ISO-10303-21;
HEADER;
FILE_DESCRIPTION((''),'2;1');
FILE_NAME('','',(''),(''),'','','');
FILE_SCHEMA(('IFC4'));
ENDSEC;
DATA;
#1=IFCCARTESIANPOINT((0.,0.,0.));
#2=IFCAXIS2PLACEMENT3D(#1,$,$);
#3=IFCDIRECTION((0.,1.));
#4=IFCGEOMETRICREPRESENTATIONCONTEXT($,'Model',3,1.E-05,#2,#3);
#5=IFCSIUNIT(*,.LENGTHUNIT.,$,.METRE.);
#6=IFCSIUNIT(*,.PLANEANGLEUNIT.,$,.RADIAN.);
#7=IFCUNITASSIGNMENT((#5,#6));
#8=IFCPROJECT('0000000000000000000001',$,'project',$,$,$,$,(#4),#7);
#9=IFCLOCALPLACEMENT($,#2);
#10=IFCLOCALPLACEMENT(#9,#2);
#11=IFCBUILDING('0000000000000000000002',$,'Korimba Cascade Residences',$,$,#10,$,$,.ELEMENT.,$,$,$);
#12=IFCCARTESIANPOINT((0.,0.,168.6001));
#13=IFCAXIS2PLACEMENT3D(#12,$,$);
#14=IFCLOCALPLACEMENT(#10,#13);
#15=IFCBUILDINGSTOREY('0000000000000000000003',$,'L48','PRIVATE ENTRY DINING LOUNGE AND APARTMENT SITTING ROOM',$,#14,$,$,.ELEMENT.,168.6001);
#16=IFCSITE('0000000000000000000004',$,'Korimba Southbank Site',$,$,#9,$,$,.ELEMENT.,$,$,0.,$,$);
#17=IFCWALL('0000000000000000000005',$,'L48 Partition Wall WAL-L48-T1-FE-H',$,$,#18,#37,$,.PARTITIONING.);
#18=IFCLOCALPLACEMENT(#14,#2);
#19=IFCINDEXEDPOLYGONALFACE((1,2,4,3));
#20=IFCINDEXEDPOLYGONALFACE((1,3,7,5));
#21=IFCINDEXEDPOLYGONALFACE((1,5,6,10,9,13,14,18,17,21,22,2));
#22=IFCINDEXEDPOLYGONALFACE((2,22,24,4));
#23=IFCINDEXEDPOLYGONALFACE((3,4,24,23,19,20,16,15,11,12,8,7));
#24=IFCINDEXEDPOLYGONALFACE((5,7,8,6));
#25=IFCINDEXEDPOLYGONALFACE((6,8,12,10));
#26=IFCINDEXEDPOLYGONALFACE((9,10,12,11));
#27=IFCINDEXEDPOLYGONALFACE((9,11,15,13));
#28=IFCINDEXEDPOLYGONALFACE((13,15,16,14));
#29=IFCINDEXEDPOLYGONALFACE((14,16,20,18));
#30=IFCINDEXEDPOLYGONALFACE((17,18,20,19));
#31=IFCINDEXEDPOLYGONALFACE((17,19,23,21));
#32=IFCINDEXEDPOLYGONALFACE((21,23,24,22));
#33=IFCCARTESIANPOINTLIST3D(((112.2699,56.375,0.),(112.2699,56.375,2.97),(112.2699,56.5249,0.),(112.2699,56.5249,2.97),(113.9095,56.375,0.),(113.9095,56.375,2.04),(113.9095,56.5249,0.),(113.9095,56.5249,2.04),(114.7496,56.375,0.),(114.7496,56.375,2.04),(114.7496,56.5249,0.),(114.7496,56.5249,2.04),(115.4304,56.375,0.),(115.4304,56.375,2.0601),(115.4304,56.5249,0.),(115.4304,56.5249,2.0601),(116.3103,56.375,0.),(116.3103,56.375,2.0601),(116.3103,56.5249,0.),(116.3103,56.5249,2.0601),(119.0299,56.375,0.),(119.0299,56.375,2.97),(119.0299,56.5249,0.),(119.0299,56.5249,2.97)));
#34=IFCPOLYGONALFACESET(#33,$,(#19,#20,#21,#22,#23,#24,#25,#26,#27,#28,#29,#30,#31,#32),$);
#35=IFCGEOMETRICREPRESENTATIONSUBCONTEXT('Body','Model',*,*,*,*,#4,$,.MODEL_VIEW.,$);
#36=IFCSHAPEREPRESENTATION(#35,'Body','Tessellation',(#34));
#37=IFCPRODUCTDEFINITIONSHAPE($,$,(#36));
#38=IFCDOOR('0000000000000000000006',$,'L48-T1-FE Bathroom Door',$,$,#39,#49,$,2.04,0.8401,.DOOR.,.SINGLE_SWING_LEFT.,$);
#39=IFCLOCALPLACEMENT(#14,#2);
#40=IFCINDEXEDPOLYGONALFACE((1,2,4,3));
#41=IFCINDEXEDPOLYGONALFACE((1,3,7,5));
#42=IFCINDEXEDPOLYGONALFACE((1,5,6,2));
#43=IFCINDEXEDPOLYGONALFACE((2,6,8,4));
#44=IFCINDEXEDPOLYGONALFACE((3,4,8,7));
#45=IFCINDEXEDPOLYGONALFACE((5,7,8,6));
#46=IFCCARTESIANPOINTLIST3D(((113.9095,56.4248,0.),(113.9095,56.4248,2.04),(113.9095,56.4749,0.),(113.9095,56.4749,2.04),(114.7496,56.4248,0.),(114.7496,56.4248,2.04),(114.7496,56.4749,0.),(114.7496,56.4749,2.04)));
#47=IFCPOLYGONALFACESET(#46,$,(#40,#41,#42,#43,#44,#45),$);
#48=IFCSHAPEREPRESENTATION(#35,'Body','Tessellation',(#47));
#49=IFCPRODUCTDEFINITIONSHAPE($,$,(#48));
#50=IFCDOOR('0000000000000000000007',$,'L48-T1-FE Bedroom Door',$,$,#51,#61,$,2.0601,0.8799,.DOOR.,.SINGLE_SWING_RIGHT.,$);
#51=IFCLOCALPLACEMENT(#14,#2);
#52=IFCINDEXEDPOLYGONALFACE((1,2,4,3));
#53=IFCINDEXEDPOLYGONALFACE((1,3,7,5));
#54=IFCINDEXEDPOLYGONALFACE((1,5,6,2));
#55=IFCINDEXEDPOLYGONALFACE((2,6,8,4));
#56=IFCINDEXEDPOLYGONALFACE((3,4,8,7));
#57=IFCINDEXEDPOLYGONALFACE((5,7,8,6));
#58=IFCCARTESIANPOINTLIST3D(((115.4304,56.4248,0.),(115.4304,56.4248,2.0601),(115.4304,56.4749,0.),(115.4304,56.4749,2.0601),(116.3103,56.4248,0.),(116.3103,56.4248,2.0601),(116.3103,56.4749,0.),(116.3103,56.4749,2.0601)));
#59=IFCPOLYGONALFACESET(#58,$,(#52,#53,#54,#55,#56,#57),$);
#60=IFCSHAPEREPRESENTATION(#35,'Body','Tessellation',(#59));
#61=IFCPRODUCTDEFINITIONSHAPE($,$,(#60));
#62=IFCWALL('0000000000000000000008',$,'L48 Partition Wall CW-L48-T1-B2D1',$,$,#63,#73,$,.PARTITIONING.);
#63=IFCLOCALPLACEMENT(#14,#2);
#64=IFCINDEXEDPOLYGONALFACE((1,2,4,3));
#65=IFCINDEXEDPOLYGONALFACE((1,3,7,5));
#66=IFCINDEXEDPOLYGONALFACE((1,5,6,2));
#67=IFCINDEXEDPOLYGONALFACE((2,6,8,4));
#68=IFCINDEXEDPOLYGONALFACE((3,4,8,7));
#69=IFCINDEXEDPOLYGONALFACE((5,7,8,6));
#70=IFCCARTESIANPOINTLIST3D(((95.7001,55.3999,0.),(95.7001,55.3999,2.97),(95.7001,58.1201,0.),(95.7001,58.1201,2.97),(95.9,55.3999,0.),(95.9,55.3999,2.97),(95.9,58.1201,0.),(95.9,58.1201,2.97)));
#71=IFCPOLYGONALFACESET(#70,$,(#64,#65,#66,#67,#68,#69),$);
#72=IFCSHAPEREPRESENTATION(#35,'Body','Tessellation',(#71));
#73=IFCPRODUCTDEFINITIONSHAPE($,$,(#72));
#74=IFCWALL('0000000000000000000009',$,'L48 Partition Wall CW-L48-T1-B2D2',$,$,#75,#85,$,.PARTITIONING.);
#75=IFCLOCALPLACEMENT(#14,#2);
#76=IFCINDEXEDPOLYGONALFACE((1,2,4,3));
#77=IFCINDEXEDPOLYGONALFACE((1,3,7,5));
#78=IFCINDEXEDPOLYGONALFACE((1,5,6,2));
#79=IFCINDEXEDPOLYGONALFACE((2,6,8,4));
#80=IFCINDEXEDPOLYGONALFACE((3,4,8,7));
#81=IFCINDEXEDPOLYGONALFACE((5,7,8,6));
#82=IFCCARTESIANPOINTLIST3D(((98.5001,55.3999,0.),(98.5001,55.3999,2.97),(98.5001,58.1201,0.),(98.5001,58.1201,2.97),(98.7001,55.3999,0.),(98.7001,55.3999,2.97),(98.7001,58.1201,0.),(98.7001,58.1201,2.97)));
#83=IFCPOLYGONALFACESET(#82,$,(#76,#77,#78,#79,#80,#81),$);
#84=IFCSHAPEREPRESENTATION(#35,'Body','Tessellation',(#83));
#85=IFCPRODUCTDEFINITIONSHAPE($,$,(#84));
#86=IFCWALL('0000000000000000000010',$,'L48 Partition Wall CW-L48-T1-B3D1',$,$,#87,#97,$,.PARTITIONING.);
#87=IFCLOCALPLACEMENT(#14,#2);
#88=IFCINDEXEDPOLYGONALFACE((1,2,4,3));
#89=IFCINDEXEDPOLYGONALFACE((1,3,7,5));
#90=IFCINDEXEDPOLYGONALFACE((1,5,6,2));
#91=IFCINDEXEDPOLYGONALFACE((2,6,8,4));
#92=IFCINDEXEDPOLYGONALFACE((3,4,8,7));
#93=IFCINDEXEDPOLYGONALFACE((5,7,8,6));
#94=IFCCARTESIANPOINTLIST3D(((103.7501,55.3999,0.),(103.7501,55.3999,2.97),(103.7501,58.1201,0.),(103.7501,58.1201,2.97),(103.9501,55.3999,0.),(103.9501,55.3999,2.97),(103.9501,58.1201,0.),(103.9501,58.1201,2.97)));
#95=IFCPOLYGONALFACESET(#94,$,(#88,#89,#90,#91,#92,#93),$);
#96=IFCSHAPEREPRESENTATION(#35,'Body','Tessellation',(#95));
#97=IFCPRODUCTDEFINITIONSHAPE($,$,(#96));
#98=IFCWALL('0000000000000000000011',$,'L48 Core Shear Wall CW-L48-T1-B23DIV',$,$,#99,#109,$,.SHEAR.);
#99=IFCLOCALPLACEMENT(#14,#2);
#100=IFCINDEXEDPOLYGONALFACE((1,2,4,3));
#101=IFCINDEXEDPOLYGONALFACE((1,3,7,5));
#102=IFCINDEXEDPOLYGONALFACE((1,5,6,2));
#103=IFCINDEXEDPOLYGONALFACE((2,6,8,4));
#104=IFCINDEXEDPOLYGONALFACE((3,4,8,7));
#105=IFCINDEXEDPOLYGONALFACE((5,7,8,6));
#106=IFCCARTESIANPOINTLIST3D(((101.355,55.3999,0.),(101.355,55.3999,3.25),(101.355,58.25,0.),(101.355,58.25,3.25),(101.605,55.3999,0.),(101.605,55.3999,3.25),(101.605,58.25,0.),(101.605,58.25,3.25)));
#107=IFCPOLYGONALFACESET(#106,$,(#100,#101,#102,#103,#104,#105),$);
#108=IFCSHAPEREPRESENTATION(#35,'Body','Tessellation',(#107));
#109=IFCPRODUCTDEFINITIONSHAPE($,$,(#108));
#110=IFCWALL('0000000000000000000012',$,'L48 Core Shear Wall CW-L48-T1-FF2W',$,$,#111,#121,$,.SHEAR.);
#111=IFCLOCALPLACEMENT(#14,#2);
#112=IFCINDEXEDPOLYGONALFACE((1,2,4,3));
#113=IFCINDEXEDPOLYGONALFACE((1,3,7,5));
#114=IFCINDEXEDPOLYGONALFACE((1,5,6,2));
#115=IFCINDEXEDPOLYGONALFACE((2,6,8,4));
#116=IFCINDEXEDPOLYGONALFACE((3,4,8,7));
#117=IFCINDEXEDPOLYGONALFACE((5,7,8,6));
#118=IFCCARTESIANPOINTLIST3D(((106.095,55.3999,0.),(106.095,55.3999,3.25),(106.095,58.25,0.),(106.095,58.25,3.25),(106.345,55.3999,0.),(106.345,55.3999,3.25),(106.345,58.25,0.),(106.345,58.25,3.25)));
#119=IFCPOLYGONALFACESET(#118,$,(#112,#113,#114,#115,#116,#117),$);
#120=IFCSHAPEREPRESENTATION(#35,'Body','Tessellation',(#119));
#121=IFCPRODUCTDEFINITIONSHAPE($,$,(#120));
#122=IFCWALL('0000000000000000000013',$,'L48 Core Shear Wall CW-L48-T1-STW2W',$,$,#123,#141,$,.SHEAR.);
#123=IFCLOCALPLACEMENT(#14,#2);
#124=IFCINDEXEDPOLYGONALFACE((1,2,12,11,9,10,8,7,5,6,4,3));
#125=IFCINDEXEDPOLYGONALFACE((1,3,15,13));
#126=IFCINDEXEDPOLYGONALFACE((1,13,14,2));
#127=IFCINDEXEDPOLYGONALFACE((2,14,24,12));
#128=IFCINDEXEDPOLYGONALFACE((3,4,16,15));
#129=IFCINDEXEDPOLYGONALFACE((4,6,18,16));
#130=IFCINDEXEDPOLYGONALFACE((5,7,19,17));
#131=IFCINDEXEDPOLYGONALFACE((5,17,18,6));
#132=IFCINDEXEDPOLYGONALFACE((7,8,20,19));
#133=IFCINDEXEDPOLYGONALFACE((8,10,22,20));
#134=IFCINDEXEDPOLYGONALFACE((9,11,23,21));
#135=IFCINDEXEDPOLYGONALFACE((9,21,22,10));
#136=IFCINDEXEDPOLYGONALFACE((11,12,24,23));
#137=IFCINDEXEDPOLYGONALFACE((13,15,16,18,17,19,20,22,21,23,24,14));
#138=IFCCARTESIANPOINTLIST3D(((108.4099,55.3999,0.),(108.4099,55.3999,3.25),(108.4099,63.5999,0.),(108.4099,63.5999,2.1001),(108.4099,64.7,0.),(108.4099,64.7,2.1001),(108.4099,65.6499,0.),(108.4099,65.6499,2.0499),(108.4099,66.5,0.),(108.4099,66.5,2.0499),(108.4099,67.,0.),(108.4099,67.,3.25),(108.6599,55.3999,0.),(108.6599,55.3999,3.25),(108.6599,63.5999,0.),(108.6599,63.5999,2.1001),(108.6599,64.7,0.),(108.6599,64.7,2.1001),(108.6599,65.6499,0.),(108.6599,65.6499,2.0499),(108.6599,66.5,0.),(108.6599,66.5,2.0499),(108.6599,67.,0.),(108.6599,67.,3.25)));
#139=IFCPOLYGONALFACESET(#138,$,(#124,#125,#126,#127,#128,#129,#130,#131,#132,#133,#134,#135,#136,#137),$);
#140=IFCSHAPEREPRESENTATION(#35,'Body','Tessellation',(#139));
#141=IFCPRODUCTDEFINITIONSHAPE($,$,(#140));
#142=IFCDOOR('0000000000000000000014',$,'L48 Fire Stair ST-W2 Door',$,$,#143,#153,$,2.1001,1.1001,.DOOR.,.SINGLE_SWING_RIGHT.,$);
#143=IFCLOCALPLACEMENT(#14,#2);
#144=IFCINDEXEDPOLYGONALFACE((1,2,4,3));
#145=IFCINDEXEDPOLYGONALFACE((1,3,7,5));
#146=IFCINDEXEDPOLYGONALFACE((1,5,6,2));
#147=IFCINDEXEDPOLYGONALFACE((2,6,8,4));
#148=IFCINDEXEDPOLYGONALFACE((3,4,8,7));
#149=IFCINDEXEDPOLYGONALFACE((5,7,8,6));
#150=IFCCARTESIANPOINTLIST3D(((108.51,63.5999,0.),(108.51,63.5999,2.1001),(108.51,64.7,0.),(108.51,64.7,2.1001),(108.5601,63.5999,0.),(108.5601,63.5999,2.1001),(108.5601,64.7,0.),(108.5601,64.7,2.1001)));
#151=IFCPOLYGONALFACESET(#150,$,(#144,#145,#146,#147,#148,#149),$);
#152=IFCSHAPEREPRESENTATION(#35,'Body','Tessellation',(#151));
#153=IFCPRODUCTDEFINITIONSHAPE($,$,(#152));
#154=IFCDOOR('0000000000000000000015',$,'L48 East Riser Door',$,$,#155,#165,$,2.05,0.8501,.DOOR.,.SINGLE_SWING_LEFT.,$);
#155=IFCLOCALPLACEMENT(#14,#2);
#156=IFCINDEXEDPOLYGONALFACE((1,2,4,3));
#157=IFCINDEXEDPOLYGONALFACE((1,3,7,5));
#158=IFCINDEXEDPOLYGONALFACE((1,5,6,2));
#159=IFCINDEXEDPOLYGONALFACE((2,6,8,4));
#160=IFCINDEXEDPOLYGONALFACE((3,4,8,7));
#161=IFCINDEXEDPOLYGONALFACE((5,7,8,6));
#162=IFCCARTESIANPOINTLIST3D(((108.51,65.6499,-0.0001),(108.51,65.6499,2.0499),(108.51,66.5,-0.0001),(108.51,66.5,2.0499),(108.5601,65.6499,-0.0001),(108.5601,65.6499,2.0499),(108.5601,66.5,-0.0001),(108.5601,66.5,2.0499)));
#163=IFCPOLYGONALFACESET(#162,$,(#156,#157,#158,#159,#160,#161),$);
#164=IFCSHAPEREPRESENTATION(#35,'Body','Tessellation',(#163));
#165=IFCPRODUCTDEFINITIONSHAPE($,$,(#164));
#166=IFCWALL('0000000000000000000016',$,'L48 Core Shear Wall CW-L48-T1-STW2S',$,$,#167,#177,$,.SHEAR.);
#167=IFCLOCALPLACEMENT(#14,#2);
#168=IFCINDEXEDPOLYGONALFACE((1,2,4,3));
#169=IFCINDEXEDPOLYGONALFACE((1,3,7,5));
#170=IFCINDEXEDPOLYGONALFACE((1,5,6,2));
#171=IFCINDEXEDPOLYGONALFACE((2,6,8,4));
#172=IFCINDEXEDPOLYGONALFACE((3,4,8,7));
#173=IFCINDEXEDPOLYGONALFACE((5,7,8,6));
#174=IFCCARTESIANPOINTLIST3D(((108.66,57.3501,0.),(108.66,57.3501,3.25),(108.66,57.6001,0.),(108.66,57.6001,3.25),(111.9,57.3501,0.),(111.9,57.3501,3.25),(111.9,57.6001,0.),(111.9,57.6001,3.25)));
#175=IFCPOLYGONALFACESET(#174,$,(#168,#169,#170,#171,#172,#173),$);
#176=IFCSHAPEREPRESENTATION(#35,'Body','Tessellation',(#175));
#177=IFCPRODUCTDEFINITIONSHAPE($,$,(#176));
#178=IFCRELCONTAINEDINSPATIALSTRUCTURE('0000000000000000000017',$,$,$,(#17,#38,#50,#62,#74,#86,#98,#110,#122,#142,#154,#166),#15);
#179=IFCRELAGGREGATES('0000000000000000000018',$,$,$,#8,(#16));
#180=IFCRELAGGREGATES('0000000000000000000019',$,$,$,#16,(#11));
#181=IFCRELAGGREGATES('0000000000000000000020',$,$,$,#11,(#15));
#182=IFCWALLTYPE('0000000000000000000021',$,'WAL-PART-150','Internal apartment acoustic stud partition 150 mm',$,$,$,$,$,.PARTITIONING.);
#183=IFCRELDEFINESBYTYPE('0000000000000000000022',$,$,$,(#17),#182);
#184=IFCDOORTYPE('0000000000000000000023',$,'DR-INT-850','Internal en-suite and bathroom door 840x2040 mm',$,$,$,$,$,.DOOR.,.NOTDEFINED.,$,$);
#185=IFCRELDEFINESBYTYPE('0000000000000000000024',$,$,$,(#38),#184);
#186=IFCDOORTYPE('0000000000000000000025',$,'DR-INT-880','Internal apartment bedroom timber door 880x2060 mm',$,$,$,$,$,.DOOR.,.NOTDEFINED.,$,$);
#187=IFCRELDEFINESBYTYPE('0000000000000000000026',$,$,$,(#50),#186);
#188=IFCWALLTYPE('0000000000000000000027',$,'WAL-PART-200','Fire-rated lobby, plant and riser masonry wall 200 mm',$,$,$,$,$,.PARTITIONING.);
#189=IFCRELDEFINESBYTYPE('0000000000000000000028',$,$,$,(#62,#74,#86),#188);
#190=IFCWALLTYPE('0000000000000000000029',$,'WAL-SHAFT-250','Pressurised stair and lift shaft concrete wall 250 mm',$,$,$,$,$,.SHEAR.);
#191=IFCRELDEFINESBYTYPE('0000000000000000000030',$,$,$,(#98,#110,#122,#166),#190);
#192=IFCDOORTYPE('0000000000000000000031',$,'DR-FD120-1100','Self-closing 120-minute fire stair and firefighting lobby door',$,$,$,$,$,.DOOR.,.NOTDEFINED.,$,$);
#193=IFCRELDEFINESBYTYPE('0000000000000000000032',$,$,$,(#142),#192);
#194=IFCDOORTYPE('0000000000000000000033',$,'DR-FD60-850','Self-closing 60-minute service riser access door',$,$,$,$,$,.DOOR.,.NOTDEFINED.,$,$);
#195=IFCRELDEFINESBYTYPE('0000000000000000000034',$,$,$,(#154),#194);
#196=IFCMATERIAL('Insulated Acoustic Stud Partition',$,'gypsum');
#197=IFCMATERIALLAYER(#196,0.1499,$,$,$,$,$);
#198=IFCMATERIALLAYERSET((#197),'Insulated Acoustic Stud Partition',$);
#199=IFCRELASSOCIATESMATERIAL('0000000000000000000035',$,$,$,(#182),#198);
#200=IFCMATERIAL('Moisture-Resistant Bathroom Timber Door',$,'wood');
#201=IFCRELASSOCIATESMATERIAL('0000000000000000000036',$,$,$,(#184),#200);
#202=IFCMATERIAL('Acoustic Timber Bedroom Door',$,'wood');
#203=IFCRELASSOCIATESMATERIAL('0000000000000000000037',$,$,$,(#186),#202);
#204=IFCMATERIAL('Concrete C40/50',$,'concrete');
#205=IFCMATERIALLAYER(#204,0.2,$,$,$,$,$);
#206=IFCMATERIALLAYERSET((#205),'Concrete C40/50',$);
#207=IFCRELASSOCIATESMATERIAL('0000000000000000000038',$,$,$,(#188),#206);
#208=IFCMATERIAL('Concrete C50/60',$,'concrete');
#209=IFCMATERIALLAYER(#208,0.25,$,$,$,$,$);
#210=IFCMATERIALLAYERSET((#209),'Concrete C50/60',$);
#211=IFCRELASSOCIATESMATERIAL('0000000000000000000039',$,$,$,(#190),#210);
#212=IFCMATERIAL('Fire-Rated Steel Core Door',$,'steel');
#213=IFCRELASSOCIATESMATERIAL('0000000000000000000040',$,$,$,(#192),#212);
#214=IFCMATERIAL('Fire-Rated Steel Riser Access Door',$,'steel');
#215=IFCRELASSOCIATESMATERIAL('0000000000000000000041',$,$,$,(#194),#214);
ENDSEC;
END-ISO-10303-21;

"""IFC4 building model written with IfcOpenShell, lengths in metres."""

from ifc_helpers import new_model, si_unit, direction, frame, frame_2d, origin, place, context, subcontext, project, spatial, rectangle, extrude, material, layer, layer_set, type_object, element, fill, save


model = new_model("IFC4")

# Units and contexts
model_context = context("Model", 3, precision=1e-05, world=origin(), true_north=direction((0.0, 1.0)))
body_context = subcontext(model_context, "Body", "Model", "MODEL_VIEW")
ifc_project = project(units=[si_unit("LENGTHUNIT", "METRE"), si_unit("PLANEANGLEUNIT", "RADIAN")], contexts=[model_context])

# Site, building, storey
site_placement = place(None, origin())
site = spatial("IfcSite", under=ifc_project, at=site_placement, Name="Korimba Southbank Site", CompositionType="ELEMENT", RefElevation=0.0)
building_placement = place(site_placement, origin())
building = spatial("IfcBuilding", under=site, at=building_placement, Name="Korimba Cascade Residences", CompositionType="ELEMENT")
storey_placement = place(building_placement, frame((0.0, 0.0, 168.6001)))
storey = spatial("IfcBuildingStorey", under=building, at=storey_placement, Name="L48", Description="PRIVATE ENTRY DINING LOUNGE AND APARTMENT SITTING ROOM", CompositionType="ELEMENT", Elevation=168.6001)

# Wall, openings, doors
ifc_material_1 = material(Name="Insulated Acoustic Stud Partition", Category="gypsum")
ifc_layer_1 = layer(ifc_material_1, 0.1499)
ifc_layer_set_1 = layer_set([ifc_layer_1], Name="Insulated Acoustic Stud Partition")
wall_type_1 = type_object("IfcWallType", Name="WAL-PART-150", Description="Internal apartment acoustic stud partition 150 mm", PredefinedType="PARTITIONING", material=ifc_layer_set_1)
wall_1_placement = place(storey_placement, frame((112.27, 56.45, 0.0), z_axis=(0.0, 0.0, 1.0), x_axis=(1.0, 0.0, 0.0)))
wall_1 = element("IfcWall", 1, at=wall_1_placement, inside=storey, type_object=wall_type_1, Name="L48 Partition Wall WAL-L48-T1-FE-H", PredefinedType="PARTITIONING", context=body_context, shape_type="SweptSolid", body=[
    extrude(rectangle(XDim=6.76, YDim=0.1499, at=frame_2d((3.3799, 0.0))), origin(), (0.0, 0.0, 1.0), 2.97),
])
opening_1_placement = place(wall_1_placement, frame((1.6396, 0.0, 0.0)))
opening_1 = element("IfcOpeningElement", 2, at=opening_1_placement, cuts=wall_1, PredefinedType="OPENING", context=body_context, shape_type="SweptSolid", body=[
    extrude(rectangle(XDim=0.8401, YDim=2.04, at=frame_2d((0.4199, 1.02))), frame((0.0, 0.085, 0.0), z_axis=(0.0, -1.0, 0.0), x_axis=(1.0, 0.0, 0.0)), (0.0, 0.0, 1.0), 0.1699),
])
opening_2_placement = place(wall_1_placement, frame((3.1604, 0.0, 0.0)))
opening_2 = element("IfcOpeningElement", 3, at=opening_2_placement, cuts=wall_1, PredefinedType="OPENING", context=body_context, shape_type="SweptSolid", body=[
    extrude(rectangle(XDim=0.8799, YDim=2.0601, at=frame_2d((0.4399, 1.03))), frame((0.0, 0.085, 0.0), z_axis=(0.0, -1.0, 0.0), x_axis=(1.0, 0.0, 0.0)), (0.0, 0.0, 1.0), 0.1699),
])
ifc_material_2 = material(Name="Moisture-Resistant Bathroom Timber Door", Category="wood")
door_type_1 = type_object("IfcDoorType", Name="DR-INT-850", Description="Internal en-suite and bathroom door 840x2040 mm", OperationType="NOTDEFINED", PredefinedType="DOOR", material=ifc_material_2)
door_1_placement = place(opening_1_placement, origin())
door_1 = element("IfcDoor", 4, at=door_1_placement, inside=storey, type_object=door_type_1, Name="L48-T1-FE Bathroom Door", OperationType="SINGLE_SWING_LEFT", OverallHeight=2.04, OverallWidth=0.8401, PredefinedType="DOOR", context=body_context, shape_type="SweptSolid", body=[
    extrude(rectangle(XDim=0.8401, YDim=2.04, at=frame_2d((0.4199, 1.02))), frame((0.0, 0.0249, 0.0), z_axis=(0.0, -1.0, 0.0), x_axis=(1.0, 0.0, 0.0)), (0.0, 0.0, 1.0), 0.05),
])
fill(opening_1, door_1)
ifc_material_3 = material(Name="Acoustic Timber Bedroom Door", Category="wood")
door_type_2 = type_object("IfcDoorType", Name="DR-INT-880", Description="Internal apartment bedroom timber door 880x2060 mm", OperationType="NOTDEFINED", PredefinedType="DOOR", material=ifc_material_3)
door_2_placement = place(opening_2_placement, origin())
door_2 = element("IfcDoor", 5, at=door_2_placement, inside=storey, type_object=door_type_2, Name="L48-T1-FE Bedroom Door", OperationType="SINGLE_SWING_RIGHT", OverallHeight=2.0601, OverallWidth=0.8799, PredefinedType="DOOR", context=body_context, shape_type="SweptSolid", body=[
    extrude(rectangle(XDim=0.8799, YDim=2.0601, at=frame_2d((0.4399, 1.03))), frame((0.0, 0.0249, 0.0), z_axis=(0.0, -1.0, 0.0), x_axis=(1.0, 0.0, 0.0)), (0.0, 0.0, 1.0), 0.05),
])
fill(opening_2, door_2)

# Walls
ifc_material_4 = material(Name="Concrete C40/50", Category="concrete")
ifc_layer_2 = layer(ifc_material_4, 0.2)
ifc_layer_set_2 = layer_set([ifc_layer_2], Name="Concrete C40/50")
wall_type_2 = type_object("IfcWallType", Name="WAL-PART-200", Description="Fire-rated lobby, plant and riser masonry wall 200 mm", PredefinedType="PARTITIONING", material=ifc_layer_set_2)
for number, where, z_axis, x_axis, name in (
    (6, (95.8, 55.3999, 0.0), (0.0, 0.0, 1.0), (0.0, 1.0, 0.0), "L48 Partition Wall CW-L48-T1-B2D1"),
    (7, (98.6001, 55.3999, 0.0), (0.0, 0.0, 1.0), (0.0, 1.0, 0.0), "L48 Partition Wall CW-L48-T1-B2D2"),
    (8, (103.8501, 55.3999, 0.0), (0.0, 0.0, 1.0), (0.0, 1.0, 0.0), "L48 Partition Wall CW-L48-T1-B3D1"),
):
    element("IfcWall", number, at=place(storey_placement, frame(where, z_axis=z_axis, x_axis=x_axis)), inside=storey, type_object=wall_type_2, Name=name, PredefinedType="PARTITIONING", context=body_context, shape_type="SweptSolid", body=[
        extrude(rectangle(XDim=2.7202, YDim=0.2, at=frame_2d((1.3601, 0.0))), origin(), (0.0, 0.0, 1.0), 2.97),
    ])
ifc_material_5 = material(Name="Concrete C50/60", Category="concrete")
ifc_layer_3 = layer(ifc_material_5, 0.25)
ifc_layer_set_3 = layer_set([ifc_layer_3], Name="Concrete C50/60")
wall_type_3 = type_object("IfcWallType", Name="WAL-SHAFT-250", Description="Pressurised stair and lift shaft concrete wall 250 mm", PredefinedType="SHEAR", material=ifc_layer_set_3)
for number, where, z_axis, x_axis, name in (
    (9, (101.48, 55.3999, 0.0), (0.0, 0.0, 1.0), (0.0, 1.0, 0.0), "L48 Core Shear Wall CW-L48-T1-B23DIV"),
    (10, (106.22, 55.3999, 0.0), (0.0, 0.0, 1.0), (0.0, 1.0, 0.0), "L48 Core Shear Wall CW-L48-T1-FF2W"),
):
    element("IfcWall", number, at=place(storey_placement, frame(where, z_axis=z_axis, x_axis=x_axis)), inside=storey, type_object=wall_type_3, Name=name, PredefinedType="SHEAR", context=body_context, shape_type="SweptSolid", body=[
        extrude(rectangle(XDim=2.8501, YDim=0.25, at=frame_2d((1.425, 0.0))), origin(), (0.0, 0.0, 1.0), 3.25),
    ])

# Wall, openings, doors
wall_2_placement = place(storey_placement, frame((108.5349, 55.3999, 0.0), z_axis=(0.0, 0.0, 1.0), x_axis=(0.0, 1.0, 0.0)))
wall_2 = element("IfcWall", 11, at=wall_2_placement, inside=storey, type_object=wall_type_3, Name="L48 Core Shear Wall CW-L48-T1-STW2W", PredefinedType="SHEAR", context=body_context, shape_type="SweptSolid", body=[
    extrude(rectangle(XDim=11.6001, YDim=0.25, at=frame_2d((5.8, 0.0))), origin(), (0.0, 0.0, 1.0), 3.25),
])
opening_3_placement = place(wall_2_placement, frame((8.2, 0.0, 0.0)))
opening_3 = element("IfcOpeningElement", 12, at=opening_3_placement, cuts=wall_2, PredefinedType="OPENING", context=body_context, shape_type="SweptSolid", body=[
    extrude(rectangle(XDim=1.1001, YDim=2.1001, at=frame_2d((0.55, 1.05))), frame((0.0, 0.135, 0.0), z_axis=(0.0, -1.0, 0.0), x_axis=(1.0, 0.0, 0.0)), (0.0, 0.0, 1.0), 0.27),
])
opening_4_placement = place(wall_2_placement, frame((10.25, 0.0, 0.0)))
opening_4 = element("IfcOpeningElement", 13, at=opening_4_placement, cuts=wall_2, PredefinedType="OPENING", context=body_context, shape_type="SweptSolid", body=[
    extrude(rectangle(XDim=0.8501, YDim=2.05, at=frame_2d((0.425, 1.0249))), frame((0.0, 0.135, 0.0), z_axis=(0.0, -1.0, 0.0), x_axis=(1.0, 0.0, 0.0)), (0.0, 0.0, 1.0), 0.27),
])
ifc_material_6 = material(Name="Fire-Rated Steel Core Door", Category="steel")
door_type_3 = type_object("IfcDoorType", Name="DR-FD120-1100", Description="Self-closing 120-minute fire stair and firefighting lobby door", OperationType="NOTDEFINED", PredefinedType="DOOR", material=ifc_material_6)
door_3_placement = place(opening_3_placement, origin())
door_3 = element("IfcDoor", 14, at=door_3_placement, inside=storey, type_object=door_type_3, Name="L48 Fire Stair ST-W2 Door", OperationType="SINGLE_SWING_RIGHT", OverallHeight=2.1001, OverallWidth=1.1001, PredefinedType="DOOR", context=body_context, shape_type="SweptSolid", body=[
    extrude(rectangle(XDim=1.1001, YDim=2.1001, at=frame_2d((0.55, 1.05))), frame((0.0, 0.0249, 0.0), z_axis=(0.0, -1.0, 0.0), x_axis=(1.0, 0.0, 0.0)), (0.0, 0.0, 1.0), 0.05),
])
fill(opening_3, door_3)
ifc_material_7 = material(Name="Fire-Rated Steel Riser Access Door", Category="steel")
door_type_4 = type_object("IfcDoorType", Name="DR-FD60-850", Description="Self-closing 60-minute service riser access door", OperationType="NOTDEFINED", PredefinedType="DOOR", material=ifc_material_7)
door_4_placement = place(opening_4_placement, origin())
door_4 = element("IfcDoor", 15, at=door_4_placement, inside=storey, type_object=door_type_4, Name="L48 East Riser Door", OperationType="SINGLE_SWING_LEFT", OverallHeight=2.05, OverallWidth=0.8501, PredefinedType="DOOR", context=body_context, shape_type="SweptSolid", body=[
    extrude(rectangle(XDim=0.8501, YDim=2.05, at=frame_2d((0.425, 1.0249))), frame((0.0, 0.0249, 0.0), z_axis=(0.0, -1.0, 0.0), x_axis=(1.0, 0.0, 0.0)), (0.0, 0.0, 1.0), 0.05),
])
fill(opening_4, door_4)

# Wall
wall_3_placement = place(storey_placement, frame((108.6599, 57.4751, 0.0), z_axis=(0.0, 0.0, 1.0), x_axis=(1.0, 0.0, 0.0)))
element("IfcWall", 16, at=wall_3_placement, inside=storey, type_object=wall_type_3, Name="L48 Core Shear Wall CW-L48-T1-STW2S", PredefinedType="SHEAR", context=body_context, shape_type="SweptSolid", body=[
    extrude(rectangle(XDim=3.24, YDim=0.25, at=frame_2d((1.6201, 0.0))), origin(), (0.0, 0.0, 1.0), 3.25),
])

save(model, "model.ifc")
